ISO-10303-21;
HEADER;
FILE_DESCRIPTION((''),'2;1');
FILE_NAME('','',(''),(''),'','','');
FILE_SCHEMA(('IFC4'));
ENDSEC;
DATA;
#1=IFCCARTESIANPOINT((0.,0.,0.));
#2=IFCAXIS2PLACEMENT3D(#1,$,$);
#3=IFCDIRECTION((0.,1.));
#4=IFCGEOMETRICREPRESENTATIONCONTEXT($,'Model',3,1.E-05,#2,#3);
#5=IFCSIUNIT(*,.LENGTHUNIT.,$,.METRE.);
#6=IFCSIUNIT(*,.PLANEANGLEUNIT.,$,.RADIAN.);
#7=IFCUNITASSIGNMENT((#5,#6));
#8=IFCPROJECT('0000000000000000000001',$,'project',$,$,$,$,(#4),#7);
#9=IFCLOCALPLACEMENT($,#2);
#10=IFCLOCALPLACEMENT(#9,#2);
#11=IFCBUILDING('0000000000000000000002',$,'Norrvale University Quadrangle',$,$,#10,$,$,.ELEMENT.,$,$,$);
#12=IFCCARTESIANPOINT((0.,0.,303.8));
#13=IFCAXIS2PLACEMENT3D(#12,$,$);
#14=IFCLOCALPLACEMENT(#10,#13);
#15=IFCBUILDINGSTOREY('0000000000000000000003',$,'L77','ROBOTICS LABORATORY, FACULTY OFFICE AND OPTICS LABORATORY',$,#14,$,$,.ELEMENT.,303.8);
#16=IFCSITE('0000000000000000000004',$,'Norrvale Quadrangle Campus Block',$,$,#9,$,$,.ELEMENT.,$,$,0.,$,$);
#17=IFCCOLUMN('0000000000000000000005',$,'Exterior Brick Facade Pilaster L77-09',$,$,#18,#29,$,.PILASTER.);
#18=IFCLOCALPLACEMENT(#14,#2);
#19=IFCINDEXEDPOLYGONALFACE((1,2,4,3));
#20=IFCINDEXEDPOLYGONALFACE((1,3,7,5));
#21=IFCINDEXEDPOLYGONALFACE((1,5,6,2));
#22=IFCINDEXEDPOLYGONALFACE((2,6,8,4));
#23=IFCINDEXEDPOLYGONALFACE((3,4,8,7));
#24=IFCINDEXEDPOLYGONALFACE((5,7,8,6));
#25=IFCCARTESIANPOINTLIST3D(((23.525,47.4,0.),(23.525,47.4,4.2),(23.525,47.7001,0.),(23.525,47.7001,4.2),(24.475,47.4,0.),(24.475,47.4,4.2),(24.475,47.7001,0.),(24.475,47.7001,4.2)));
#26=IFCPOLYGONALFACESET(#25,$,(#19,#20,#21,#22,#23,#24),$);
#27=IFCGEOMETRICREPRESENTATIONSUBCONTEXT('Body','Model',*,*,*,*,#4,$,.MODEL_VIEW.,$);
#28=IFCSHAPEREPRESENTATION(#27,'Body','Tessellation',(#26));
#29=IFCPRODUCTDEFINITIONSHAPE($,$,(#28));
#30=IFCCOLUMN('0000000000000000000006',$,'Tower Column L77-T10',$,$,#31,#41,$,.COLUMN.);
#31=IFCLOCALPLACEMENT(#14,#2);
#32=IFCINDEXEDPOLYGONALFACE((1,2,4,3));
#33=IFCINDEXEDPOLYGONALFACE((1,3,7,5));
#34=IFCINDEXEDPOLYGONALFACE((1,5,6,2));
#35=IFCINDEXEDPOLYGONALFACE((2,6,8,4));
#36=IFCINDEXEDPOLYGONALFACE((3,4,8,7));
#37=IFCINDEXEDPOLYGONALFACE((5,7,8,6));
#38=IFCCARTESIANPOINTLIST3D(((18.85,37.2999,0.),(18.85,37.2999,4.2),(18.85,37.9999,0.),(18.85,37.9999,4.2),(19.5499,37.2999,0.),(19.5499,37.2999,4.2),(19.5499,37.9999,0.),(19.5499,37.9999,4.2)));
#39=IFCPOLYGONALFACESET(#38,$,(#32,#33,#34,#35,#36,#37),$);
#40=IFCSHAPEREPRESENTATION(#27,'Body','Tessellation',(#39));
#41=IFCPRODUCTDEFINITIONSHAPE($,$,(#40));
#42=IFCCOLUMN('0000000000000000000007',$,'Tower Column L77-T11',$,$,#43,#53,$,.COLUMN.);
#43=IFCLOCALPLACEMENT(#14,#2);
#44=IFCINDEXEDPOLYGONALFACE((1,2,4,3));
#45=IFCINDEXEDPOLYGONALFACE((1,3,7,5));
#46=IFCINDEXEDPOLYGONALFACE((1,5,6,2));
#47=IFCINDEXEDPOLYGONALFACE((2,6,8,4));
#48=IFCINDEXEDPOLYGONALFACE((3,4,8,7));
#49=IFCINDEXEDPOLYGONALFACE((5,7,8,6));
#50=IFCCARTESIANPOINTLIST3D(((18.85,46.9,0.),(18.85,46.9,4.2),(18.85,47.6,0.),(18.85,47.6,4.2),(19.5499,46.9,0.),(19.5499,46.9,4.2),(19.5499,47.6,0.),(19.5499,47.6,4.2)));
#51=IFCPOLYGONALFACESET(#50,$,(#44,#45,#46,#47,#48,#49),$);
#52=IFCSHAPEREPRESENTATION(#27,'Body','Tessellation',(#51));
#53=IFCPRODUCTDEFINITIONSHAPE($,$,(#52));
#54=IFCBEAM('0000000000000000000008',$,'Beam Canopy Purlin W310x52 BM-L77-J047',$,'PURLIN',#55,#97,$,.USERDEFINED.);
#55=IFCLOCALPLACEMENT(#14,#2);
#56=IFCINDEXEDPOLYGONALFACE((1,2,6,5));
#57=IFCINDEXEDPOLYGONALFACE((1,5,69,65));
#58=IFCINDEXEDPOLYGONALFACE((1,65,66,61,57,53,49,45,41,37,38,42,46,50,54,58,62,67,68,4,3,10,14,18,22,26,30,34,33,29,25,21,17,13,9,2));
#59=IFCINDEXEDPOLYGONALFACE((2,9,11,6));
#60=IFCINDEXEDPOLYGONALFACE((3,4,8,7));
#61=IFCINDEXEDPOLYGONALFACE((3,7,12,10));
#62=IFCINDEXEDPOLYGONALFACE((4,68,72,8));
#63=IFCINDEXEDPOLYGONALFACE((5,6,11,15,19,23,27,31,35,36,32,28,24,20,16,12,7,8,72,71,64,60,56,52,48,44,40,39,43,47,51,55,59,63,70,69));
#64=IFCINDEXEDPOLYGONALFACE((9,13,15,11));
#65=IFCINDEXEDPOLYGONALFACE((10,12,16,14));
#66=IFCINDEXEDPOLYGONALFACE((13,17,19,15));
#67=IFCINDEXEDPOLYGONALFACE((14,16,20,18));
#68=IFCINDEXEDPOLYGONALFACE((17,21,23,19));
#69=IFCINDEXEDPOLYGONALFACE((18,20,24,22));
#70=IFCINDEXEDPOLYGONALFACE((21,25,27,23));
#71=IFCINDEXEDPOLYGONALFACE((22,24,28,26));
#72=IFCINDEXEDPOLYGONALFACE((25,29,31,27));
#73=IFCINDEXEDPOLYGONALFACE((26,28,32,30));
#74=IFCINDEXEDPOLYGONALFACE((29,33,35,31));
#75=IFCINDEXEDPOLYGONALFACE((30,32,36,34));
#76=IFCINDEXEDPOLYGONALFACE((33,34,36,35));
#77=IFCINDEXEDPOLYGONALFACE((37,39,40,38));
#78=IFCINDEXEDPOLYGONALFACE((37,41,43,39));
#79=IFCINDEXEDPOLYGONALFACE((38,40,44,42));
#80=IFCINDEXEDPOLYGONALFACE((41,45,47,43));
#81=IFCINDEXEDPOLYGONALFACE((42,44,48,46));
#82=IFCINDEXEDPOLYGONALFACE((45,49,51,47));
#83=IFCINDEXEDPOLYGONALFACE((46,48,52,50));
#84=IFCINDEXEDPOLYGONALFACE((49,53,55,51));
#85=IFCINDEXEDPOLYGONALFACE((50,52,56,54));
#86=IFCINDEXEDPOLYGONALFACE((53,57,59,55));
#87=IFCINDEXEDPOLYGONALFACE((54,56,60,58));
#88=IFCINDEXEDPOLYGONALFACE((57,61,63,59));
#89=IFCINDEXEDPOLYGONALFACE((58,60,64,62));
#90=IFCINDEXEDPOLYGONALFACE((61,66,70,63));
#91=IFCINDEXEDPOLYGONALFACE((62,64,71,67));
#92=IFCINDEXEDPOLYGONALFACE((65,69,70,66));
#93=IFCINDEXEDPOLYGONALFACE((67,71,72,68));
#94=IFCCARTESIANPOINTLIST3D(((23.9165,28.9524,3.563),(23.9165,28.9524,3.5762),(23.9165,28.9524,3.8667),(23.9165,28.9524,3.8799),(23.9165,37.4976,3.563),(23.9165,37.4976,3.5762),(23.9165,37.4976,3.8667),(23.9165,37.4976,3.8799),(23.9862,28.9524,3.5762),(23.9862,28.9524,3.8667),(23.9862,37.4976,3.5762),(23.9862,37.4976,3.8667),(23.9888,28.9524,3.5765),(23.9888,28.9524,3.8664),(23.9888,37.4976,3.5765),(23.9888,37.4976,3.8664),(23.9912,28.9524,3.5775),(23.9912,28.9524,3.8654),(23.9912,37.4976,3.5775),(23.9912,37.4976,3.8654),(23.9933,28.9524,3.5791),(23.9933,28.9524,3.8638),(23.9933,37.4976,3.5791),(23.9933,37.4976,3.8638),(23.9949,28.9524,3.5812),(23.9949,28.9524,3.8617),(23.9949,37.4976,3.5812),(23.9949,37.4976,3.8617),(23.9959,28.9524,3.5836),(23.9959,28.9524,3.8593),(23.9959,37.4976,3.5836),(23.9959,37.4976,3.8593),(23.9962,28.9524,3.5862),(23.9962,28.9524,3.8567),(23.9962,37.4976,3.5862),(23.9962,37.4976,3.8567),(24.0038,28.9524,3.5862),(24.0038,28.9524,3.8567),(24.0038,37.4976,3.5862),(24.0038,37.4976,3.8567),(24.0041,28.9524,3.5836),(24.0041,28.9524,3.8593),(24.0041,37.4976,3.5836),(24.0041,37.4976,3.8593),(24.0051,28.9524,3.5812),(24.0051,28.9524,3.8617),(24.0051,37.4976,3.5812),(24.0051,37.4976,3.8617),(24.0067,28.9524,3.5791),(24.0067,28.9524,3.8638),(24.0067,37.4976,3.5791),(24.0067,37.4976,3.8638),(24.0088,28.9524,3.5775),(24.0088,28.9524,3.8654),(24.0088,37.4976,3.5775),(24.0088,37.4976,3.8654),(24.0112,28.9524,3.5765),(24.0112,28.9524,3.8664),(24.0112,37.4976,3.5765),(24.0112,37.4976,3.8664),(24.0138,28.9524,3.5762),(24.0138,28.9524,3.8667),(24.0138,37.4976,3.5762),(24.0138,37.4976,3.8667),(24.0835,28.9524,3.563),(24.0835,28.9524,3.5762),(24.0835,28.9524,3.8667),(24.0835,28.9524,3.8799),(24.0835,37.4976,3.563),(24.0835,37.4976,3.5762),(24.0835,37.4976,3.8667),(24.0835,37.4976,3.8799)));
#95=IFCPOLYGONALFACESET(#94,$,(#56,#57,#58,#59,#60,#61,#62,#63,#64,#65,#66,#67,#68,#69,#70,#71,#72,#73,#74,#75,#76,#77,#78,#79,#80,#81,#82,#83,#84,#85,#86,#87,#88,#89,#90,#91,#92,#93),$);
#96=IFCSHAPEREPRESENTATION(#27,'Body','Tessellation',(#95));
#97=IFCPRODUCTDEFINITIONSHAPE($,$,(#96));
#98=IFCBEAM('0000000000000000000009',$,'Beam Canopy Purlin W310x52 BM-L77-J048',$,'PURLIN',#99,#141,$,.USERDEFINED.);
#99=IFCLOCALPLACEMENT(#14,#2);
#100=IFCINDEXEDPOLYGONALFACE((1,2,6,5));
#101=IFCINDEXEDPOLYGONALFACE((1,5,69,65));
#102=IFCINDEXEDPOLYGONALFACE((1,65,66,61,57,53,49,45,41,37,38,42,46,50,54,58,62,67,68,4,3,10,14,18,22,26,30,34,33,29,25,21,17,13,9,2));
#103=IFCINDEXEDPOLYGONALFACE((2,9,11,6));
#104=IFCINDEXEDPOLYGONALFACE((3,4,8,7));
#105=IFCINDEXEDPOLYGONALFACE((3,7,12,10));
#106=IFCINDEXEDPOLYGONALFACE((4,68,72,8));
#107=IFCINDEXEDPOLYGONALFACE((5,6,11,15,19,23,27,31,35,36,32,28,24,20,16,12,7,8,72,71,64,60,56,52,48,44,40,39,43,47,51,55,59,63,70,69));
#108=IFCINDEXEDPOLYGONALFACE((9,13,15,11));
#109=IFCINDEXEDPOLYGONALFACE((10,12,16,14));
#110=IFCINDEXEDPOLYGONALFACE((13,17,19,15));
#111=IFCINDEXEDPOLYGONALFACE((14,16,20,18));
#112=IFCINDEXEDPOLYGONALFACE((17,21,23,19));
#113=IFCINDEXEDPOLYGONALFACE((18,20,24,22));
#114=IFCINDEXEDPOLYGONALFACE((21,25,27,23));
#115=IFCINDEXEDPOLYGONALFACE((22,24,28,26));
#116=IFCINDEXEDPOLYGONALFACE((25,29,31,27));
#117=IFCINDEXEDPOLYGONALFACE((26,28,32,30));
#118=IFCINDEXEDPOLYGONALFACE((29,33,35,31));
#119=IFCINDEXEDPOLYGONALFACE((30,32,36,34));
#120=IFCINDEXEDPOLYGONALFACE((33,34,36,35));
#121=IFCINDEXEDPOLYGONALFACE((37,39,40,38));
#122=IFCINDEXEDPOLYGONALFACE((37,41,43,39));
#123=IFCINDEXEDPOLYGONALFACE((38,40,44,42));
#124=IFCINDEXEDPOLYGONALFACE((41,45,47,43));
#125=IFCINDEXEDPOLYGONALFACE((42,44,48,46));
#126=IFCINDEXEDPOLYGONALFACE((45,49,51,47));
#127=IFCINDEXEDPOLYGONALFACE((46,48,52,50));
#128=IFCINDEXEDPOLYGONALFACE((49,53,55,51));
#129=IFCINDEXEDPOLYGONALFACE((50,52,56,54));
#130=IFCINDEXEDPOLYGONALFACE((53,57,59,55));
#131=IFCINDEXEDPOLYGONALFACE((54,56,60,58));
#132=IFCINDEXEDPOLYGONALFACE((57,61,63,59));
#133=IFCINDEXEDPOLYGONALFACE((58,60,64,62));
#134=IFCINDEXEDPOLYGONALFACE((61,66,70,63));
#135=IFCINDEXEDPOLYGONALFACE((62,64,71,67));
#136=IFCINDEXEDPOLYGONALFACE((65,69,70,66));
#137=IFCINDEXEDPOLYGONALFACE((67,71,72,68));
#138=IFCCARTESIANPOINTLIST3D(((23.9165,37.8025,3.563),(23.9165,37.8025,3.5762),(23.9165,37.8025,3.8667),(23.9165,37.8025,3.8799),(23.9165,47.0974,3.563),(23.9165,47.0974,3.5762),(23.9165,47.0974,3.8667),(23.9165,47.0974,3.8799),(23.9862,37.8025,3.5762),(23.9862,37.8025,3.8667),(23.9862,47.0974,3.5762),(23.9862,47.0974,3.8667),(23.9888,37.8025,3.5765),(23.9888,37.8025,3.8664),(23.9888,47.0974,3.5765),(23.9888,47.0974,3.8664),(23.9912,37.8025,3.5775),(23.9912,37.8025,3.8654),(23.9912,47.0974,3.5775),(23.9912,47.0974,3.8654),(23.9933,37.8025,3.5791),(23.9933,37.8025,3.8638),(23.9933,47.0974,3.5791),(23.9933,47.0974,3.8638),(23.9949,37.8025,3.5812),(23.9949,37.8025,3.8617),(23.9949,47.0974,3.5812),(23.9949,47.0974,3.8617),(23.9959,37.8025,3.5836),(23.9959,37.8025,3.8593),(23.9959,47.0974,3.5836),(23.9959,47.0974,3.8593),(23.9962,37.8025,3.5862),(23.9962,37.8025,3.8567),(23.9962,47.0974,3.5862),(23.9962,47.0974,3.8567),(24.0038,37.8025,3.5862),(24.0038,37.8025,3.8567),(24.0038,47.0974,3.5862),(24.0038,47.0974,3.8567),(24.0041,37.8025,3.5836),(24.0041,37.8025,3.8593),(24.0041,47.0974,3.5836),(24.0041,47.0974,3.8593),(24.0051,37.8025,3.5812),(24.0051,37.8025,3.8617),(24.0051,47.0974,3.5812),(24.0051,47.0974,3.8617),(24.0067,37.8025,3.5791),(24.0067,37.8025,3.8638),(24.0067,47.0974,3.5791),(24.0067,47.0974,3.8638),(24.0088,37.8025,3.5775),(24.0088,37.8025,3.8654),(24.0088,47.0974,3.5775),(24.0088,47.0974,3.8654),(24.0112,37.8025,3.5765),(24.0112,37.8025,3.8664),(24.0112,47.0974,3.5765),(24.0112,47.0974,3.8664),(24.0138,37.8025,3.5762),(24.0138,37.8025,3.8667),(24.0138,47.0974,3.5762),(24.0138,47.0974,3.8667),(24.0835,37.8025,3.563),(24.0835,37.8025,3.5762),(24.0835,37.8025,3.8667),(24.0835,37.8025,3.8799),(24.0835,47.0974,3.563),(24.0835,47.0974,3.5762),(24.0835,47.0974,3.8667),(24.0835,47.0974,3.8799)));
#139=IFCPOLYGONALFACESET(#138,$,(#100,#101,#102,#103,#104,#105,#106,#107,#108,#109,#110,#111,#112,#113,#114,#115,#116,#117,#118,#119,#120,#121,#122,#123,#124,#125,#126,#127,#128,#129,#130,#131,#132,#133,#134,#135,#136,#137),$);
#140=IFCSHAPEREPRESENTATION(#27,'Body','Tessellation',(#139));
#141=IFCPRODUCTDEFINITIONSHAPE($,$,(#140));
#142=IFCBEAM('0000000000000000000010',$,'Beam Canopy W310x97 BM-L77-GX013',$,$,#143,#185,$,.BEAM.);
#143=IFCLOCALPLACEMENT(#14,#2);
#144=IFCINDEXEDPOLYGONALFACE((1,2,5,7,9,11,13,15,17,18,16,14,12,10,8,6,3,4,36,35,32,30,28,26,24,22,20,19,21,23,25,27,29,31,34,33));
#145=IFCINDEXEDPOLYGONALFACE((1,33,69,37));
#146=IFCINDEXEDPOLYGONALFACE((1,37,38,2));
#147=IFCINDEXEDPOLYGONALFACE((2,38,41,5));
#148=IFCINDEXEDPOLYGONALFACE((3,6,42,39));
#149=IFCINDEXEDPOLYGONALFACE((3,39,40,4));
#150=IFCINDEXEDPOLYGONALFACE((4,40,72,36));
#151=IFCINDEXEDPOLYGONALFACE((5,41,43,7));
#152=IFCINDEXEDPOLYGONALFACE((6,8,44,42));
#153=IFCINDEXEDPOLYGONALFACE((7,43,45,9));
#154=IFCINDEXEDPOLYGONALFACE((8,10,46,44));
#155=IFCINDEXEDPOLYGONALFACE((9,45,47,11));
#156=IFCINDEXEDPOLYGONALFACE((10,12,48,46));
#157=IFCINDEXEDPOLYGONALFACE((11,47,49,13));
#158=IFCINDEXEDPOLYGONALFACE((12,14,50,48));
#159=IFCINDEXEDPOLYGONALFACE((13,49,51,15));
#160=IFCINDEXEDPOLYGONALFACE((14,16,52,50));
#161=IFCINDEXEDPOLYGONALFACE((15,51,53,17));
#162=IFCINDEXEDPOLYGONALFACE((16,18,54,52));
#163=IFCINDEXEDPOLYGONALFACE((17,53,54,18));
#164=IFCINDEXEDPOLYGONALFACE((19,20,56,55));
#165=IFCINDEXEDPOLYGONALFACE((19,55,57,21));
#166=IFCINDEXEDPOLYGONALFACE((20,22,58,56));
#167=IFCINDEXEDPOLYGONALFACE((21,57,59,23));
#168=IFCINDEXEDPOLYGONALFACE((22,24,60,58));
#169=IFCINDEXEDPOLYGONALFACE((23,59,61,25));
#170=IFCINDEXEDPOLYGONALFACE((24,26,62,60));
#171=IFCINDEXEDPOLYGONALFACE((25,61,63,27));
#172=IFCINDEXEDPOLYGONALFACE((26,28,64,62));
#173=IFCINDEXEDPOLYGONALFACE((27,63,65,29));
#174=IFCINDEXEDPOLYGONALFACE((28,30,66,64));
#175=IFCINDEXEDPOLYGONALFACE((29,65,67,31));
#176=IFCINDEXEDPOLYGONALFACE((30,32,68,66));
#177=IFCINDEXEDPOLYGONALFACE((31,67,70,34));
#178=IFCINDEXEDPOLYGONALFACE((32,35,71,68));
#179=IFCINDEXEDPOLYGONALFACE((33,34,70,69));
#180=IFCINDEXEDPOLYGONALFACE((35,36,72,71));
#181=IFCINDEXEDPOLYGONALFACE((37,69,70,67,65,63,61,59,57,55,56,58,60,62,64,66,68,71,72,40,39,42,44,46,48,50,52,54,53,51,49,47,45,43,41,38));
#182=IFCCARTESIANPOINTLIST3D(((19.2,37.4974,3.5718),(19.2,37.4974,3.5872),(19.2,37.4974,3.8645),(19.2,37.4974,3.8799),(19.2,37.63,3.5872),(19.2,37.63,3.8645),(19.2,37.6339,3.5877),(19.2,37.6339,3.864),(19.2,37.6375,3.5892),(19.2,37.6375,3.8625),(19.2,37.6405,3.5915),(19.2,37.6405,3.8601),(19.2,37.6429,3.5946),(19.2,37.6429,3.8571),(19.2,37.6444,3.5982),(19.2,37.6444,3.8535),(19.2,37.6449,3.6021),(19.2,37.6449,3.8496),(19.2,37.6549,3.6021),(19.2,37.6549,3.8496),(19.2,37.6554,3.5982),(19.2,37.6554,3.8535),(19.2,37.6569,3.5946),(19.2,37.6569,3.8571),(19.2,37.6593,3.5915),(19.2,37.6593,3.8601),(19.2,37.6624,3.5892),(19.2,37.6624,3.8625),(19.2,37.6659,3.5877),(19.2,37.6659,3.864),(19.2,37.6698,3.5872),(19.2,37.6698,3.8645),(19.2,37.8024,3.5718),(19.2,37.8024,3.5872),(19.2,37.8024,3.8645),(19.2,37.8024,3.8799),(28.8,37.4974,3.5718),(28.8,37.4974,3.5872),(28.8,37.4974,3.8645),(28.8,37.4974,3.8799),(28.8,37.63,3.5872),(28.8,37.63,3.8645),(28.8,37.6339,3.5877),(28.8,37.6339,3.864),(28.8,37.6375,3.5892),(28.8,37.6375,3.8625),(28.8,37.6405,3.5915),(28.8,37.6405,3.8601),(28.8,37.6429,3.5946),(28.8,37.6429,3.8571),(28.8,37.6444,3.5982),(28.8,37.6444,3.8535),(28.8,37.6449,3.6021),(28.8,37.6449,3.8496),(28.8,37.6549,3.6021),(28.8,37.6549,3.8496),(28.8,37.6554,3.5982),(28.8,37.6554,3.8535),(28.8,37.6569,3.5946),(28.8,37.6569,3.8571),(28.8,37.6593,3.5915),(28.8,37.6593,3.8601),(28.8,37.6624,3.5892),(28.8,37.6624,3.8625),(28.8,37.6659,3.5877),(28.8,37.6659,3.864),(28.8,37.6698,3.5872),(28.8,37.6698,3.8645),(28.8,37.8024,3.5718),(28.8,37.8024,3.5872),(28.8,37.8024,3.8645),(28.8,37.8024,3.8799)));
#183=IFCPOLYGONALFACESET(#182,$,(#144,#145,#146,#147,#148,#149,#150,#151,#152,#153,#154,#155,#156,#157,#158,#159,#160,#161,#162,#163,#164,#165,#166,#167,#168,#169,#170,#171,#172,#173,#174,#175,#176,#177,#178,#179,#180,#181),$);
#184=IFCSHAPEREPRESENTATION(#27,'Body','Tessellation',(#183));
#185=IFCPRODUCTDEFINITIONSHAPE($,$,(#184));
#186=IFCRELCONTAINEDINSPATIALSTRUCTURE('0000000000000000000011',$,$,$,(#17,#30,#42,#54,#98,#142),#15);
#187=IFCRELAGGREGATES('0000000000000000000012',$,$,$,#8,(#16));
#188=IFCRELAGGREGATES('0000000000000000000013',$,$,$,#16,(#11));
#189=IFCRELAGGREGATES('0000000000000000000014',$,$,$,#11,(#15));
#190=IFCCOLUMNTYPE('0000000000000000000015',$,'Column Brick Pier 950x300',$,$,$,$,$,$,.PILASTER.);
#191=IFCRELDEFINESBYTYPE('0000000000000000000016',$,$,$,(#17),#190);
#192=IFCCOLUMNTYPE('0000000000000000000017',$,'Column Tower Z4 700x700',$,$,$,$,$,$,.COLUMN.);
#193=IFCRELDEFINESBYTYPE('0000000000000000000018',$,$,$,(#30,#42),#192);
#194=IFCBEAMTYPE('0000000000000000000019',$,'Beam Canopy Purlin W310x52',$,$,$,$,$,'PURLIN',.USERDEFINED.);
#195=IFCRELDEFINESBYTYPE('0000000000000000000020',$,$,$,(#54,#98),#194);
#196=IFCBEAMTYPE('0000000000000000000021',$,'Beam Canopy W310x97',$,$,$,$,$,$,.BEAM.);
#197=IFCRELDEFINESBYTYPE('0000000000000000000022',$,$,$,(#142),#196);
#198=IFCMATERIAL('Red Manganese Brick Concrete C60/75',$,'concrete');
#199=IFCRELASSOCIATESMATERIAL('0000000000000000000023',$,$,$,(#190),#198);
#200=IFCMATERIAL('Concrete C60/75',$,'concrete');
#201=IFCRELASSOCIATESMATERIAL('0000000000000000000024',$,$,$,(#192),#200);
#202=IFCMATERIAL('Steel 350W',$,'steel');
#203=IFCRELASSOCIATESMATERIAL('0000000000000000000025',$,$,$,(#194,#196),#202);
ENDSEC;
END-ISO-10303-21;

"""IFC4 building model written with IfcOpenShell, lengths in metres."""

from ifc_helpers import new_model, si_unit, direction, frame, origin, origin_2d, place, context, subcontext, project, spatial, rectangle, i_section, extrude, material, material_profile, profile_set, type_object, element, save


model = new_model("IFC4")

# Units and contexts
model_context = context("Model", 3, precision=1e-05, world=origin(), true_north=direction((0.0, 1.0)))
body_context = subcontext(model_context, "Body", "Model", "MODEL_VIEW")
ifc_project = project(units=[si_unit("LENGTHUNIT", "METRE"), si_unit("PLANEANGLEUNIT", "RADIAN")], contexts=[model_context])

# Site, building, storey
site_placement = place(None, origin())
site = spatial("IfcSite", under=ifc_project, at=site_placement, Name="Norrvale Quadrangle Campus Block", CompositionType="ELEMENT", RefElevation=0.0)
building_placement = place(site_placement, origin())
building = spatial("IfcBuilding", under=site, at=building_placement, Name="Norrvale University Quadrangle", CompositionType="ELEMENT")
storey_placement = place(building_placement, frame((0.0, 0.0, 303.8)))
storey = spatial("IfcBuildingStorey", under=building, at=storey_placement, Name="L77", Description="ROBOTICS LABORATORY, FACULTY OFFICE AND OPTICS LABORATORY", CompositionType="ELEMENT", Elevation=303.8)

# Columns
ifc_material_1 = material(Name="Red Manganese Brick Concrete C60/75", Category="concrete")
ifc_material_profile_1 = material_profile(ifc_material_1, rectangle(XDim=0.95, YDim=0.3, at=origin_2d()), Name="Red Manganese Brick Concrete C60/75")
ifc_profile_set_1 = profile_set([ifc_material_profile_1], Name="Red Manganese Brick Concrete C60/75")
column_type_1 = type_object("IfcColumnType", Name="Column Brick Pier 950x300", PredefinedType="PILASTER", material=ifc_profile_set_1)
column_placement = place(storey_placement, frame((24.0, 47.55, 0.0), z_axis=(0.0, 0.0, 1.0), x_axis=(1.0, 0.0, 0.0)))
element("IfcColumn", 1, at=column_placement, inside=storey, type_object=column_type_1, Name="Exterior Brick Facade Pilaster L77-09", PredefinedType="PILASTER", context=body_context, shape_type="SweptSolid", body=[
    extrude(rectangle(XDim=0.95, YDim=0.3, at=origin_2d()), origin(), (0.0, 0.0, 1.0), 4.2),
])
ifc_material_2 = material(Name="Concrete C60/75", Category="concrete")
ifc_material_profile_2 = material_profile(ifc_material_2, rectangle(XDim=0.7, YDim=0.7, at=origin_2d()), Name="Concrete C60/75")
ifc_profile_set_2 = profile_set([ifc_material_profile_2], Name="Concrete C60/75")
column_type_2 = type_object("IfcColumnType", Name="Column Tower Z4 700x700", PredefinedType="COLUMN", material=ifc_profile_set_2)
for number, where, z_axis, x_axis, name in (
    (2, (19.2, 37.6499, 0.0), (0.0, 0.0, 1.0), (1.0, 0.0, 0.0), "Tower Column L77-T10"),
    (3, (19.2, 47.25, 0.0), (0.0, 0.0, 1.0), (1.0, 0.0, 0.0), "Tower Column L77-T11"),
):
    element("IfcColumn", number, at=place(storey_placement, frame(where, z_axis=z_axis, x_axis=x_axis)), inside=storey, type_object=column_type_2, Name=name, PredefinedType="COLUMN", context=body_context, shape_type="SweptSolid", body=[
        extrude(rectangle(XDim=0.7, YDim=0.7, at=origin_2d()), origin(), (0.0, 0.0, 1.0), 4.2),
    ])

# Beams
ifc_material_3 = material(Name="Steel 350W", Category="steel")
ifc_material_profile_3 = material_profile(ifc_material_3, i_section(OverallWidth=0.167, OverallDepth=0.3169, WebThickness=0.0076, FlangeThickness=0.0132, FilletRadius=0.01, at=origin_2d()), Name="Steel 350W")
ifc_profile_set_3 = profile_set([ifc_material_profile_3], Name="Steel 350W")
beam_type_1 = type_object("IfcBeamType", Name="Beam Canopy Purlin W310x52", ElementType="PURLIN", PredefinedType="USERDEFINED", material=ifc_profile_set_3)
beam_1_placement = place(storey_placement, frame((24.0, 28.9524, 3.7214), z_axis=(0.0, 1.0, 0.0), x_axis=(-1.0, 0.0, 0.0)))
element("IfcBeam", 4, at=beam_1_placement, inside=storey, type_object=beam_type_1, Name="Beam Canopy Purlin W310x52 BM-L77-J047", ObjectType="PURLIN", PredefinedType="USERDEFINED", context=body_context, shape_type="SweptSolid", body=[
    extrude(i_section(OverallWidth=0.167, OverallDepth=0.3169, WebThickness=0.0076, FlangeThickness=0.0132, FilletRadius=0.01, at=origin_2d()), origin(), (0.0, 0.0, 1.0), 8.5452),
])
beam_2_placement = place(storey_placement, frame((24.0, 37.8025, 3.7214), z_axis=(0.0, 1.0, 0.0), x_axis=(-1.0, 0.0, 0.0)))
element("IfcBeam", 5, at=beam_2_placement, inside=storey, type_object=beam_type_1, Name="Beam Canopy Purlin W310x52 BM-L77-J048", ObjectType="PURLIN", PredefinedType="USERDEFINED", context=body_context, shape_type="SweptSolid", body=[
    extrude(i_section(OverallWidth=0.167, OverallDepth=0.3169, WebThickness=0.0076, FlangeThickness=0.0132, FilletRadius=0.01, at=origin_2d()), origin(), (0.0, 0.0, 1.0), 9.2949),
])
ifc_material_profile_4 = material_profile(ifc_material_3, i_section(OverallWidth=0.3049, OverallDepth=0.3081, WebThickness=0.01, FlangeThickness=0.0154, FilletRadius=0.0149, at=origin_2d()), Name="Steel 350W")
ifc_profile_set_4 = profile_set([ifc_material_profile_4], Name="Steel 350W")
beam_type_2 = type_object("IfcBeamType", Name="Beam Canopy W310x97", PredefinedType="BEAM", material=ifc_profile_set_4)
for number, where, z_axis, x_axis, name in (
    (6, (19.2, 37.6499, 3.7258), (1.0, 0.0, 0.0), (0.0, 1.0, 0.0), "Beam Canopy W310x97 BM-L77-GX013"),
):
    element("IfcBeam", number, at=place(storey_placement, frame(where, z_axis=z_axis, x_axis=x_axis)), inside=storey, type_object=beam_type_2, Name=name, PredefinedType="BEAM", context=body_context, shape_type="SweptSolid", body=[
        extrude(i_section(OverallWidth=0.3049, OverallDepth=0.3081, WebThickness=0.01, FlangeThickness=0.0154, FilletRadius=0.0149, at=origin_2d()), origin(), (0.0, 0.0, 1.0), 9.6001),
    ])

save(model, "model.ifc")
